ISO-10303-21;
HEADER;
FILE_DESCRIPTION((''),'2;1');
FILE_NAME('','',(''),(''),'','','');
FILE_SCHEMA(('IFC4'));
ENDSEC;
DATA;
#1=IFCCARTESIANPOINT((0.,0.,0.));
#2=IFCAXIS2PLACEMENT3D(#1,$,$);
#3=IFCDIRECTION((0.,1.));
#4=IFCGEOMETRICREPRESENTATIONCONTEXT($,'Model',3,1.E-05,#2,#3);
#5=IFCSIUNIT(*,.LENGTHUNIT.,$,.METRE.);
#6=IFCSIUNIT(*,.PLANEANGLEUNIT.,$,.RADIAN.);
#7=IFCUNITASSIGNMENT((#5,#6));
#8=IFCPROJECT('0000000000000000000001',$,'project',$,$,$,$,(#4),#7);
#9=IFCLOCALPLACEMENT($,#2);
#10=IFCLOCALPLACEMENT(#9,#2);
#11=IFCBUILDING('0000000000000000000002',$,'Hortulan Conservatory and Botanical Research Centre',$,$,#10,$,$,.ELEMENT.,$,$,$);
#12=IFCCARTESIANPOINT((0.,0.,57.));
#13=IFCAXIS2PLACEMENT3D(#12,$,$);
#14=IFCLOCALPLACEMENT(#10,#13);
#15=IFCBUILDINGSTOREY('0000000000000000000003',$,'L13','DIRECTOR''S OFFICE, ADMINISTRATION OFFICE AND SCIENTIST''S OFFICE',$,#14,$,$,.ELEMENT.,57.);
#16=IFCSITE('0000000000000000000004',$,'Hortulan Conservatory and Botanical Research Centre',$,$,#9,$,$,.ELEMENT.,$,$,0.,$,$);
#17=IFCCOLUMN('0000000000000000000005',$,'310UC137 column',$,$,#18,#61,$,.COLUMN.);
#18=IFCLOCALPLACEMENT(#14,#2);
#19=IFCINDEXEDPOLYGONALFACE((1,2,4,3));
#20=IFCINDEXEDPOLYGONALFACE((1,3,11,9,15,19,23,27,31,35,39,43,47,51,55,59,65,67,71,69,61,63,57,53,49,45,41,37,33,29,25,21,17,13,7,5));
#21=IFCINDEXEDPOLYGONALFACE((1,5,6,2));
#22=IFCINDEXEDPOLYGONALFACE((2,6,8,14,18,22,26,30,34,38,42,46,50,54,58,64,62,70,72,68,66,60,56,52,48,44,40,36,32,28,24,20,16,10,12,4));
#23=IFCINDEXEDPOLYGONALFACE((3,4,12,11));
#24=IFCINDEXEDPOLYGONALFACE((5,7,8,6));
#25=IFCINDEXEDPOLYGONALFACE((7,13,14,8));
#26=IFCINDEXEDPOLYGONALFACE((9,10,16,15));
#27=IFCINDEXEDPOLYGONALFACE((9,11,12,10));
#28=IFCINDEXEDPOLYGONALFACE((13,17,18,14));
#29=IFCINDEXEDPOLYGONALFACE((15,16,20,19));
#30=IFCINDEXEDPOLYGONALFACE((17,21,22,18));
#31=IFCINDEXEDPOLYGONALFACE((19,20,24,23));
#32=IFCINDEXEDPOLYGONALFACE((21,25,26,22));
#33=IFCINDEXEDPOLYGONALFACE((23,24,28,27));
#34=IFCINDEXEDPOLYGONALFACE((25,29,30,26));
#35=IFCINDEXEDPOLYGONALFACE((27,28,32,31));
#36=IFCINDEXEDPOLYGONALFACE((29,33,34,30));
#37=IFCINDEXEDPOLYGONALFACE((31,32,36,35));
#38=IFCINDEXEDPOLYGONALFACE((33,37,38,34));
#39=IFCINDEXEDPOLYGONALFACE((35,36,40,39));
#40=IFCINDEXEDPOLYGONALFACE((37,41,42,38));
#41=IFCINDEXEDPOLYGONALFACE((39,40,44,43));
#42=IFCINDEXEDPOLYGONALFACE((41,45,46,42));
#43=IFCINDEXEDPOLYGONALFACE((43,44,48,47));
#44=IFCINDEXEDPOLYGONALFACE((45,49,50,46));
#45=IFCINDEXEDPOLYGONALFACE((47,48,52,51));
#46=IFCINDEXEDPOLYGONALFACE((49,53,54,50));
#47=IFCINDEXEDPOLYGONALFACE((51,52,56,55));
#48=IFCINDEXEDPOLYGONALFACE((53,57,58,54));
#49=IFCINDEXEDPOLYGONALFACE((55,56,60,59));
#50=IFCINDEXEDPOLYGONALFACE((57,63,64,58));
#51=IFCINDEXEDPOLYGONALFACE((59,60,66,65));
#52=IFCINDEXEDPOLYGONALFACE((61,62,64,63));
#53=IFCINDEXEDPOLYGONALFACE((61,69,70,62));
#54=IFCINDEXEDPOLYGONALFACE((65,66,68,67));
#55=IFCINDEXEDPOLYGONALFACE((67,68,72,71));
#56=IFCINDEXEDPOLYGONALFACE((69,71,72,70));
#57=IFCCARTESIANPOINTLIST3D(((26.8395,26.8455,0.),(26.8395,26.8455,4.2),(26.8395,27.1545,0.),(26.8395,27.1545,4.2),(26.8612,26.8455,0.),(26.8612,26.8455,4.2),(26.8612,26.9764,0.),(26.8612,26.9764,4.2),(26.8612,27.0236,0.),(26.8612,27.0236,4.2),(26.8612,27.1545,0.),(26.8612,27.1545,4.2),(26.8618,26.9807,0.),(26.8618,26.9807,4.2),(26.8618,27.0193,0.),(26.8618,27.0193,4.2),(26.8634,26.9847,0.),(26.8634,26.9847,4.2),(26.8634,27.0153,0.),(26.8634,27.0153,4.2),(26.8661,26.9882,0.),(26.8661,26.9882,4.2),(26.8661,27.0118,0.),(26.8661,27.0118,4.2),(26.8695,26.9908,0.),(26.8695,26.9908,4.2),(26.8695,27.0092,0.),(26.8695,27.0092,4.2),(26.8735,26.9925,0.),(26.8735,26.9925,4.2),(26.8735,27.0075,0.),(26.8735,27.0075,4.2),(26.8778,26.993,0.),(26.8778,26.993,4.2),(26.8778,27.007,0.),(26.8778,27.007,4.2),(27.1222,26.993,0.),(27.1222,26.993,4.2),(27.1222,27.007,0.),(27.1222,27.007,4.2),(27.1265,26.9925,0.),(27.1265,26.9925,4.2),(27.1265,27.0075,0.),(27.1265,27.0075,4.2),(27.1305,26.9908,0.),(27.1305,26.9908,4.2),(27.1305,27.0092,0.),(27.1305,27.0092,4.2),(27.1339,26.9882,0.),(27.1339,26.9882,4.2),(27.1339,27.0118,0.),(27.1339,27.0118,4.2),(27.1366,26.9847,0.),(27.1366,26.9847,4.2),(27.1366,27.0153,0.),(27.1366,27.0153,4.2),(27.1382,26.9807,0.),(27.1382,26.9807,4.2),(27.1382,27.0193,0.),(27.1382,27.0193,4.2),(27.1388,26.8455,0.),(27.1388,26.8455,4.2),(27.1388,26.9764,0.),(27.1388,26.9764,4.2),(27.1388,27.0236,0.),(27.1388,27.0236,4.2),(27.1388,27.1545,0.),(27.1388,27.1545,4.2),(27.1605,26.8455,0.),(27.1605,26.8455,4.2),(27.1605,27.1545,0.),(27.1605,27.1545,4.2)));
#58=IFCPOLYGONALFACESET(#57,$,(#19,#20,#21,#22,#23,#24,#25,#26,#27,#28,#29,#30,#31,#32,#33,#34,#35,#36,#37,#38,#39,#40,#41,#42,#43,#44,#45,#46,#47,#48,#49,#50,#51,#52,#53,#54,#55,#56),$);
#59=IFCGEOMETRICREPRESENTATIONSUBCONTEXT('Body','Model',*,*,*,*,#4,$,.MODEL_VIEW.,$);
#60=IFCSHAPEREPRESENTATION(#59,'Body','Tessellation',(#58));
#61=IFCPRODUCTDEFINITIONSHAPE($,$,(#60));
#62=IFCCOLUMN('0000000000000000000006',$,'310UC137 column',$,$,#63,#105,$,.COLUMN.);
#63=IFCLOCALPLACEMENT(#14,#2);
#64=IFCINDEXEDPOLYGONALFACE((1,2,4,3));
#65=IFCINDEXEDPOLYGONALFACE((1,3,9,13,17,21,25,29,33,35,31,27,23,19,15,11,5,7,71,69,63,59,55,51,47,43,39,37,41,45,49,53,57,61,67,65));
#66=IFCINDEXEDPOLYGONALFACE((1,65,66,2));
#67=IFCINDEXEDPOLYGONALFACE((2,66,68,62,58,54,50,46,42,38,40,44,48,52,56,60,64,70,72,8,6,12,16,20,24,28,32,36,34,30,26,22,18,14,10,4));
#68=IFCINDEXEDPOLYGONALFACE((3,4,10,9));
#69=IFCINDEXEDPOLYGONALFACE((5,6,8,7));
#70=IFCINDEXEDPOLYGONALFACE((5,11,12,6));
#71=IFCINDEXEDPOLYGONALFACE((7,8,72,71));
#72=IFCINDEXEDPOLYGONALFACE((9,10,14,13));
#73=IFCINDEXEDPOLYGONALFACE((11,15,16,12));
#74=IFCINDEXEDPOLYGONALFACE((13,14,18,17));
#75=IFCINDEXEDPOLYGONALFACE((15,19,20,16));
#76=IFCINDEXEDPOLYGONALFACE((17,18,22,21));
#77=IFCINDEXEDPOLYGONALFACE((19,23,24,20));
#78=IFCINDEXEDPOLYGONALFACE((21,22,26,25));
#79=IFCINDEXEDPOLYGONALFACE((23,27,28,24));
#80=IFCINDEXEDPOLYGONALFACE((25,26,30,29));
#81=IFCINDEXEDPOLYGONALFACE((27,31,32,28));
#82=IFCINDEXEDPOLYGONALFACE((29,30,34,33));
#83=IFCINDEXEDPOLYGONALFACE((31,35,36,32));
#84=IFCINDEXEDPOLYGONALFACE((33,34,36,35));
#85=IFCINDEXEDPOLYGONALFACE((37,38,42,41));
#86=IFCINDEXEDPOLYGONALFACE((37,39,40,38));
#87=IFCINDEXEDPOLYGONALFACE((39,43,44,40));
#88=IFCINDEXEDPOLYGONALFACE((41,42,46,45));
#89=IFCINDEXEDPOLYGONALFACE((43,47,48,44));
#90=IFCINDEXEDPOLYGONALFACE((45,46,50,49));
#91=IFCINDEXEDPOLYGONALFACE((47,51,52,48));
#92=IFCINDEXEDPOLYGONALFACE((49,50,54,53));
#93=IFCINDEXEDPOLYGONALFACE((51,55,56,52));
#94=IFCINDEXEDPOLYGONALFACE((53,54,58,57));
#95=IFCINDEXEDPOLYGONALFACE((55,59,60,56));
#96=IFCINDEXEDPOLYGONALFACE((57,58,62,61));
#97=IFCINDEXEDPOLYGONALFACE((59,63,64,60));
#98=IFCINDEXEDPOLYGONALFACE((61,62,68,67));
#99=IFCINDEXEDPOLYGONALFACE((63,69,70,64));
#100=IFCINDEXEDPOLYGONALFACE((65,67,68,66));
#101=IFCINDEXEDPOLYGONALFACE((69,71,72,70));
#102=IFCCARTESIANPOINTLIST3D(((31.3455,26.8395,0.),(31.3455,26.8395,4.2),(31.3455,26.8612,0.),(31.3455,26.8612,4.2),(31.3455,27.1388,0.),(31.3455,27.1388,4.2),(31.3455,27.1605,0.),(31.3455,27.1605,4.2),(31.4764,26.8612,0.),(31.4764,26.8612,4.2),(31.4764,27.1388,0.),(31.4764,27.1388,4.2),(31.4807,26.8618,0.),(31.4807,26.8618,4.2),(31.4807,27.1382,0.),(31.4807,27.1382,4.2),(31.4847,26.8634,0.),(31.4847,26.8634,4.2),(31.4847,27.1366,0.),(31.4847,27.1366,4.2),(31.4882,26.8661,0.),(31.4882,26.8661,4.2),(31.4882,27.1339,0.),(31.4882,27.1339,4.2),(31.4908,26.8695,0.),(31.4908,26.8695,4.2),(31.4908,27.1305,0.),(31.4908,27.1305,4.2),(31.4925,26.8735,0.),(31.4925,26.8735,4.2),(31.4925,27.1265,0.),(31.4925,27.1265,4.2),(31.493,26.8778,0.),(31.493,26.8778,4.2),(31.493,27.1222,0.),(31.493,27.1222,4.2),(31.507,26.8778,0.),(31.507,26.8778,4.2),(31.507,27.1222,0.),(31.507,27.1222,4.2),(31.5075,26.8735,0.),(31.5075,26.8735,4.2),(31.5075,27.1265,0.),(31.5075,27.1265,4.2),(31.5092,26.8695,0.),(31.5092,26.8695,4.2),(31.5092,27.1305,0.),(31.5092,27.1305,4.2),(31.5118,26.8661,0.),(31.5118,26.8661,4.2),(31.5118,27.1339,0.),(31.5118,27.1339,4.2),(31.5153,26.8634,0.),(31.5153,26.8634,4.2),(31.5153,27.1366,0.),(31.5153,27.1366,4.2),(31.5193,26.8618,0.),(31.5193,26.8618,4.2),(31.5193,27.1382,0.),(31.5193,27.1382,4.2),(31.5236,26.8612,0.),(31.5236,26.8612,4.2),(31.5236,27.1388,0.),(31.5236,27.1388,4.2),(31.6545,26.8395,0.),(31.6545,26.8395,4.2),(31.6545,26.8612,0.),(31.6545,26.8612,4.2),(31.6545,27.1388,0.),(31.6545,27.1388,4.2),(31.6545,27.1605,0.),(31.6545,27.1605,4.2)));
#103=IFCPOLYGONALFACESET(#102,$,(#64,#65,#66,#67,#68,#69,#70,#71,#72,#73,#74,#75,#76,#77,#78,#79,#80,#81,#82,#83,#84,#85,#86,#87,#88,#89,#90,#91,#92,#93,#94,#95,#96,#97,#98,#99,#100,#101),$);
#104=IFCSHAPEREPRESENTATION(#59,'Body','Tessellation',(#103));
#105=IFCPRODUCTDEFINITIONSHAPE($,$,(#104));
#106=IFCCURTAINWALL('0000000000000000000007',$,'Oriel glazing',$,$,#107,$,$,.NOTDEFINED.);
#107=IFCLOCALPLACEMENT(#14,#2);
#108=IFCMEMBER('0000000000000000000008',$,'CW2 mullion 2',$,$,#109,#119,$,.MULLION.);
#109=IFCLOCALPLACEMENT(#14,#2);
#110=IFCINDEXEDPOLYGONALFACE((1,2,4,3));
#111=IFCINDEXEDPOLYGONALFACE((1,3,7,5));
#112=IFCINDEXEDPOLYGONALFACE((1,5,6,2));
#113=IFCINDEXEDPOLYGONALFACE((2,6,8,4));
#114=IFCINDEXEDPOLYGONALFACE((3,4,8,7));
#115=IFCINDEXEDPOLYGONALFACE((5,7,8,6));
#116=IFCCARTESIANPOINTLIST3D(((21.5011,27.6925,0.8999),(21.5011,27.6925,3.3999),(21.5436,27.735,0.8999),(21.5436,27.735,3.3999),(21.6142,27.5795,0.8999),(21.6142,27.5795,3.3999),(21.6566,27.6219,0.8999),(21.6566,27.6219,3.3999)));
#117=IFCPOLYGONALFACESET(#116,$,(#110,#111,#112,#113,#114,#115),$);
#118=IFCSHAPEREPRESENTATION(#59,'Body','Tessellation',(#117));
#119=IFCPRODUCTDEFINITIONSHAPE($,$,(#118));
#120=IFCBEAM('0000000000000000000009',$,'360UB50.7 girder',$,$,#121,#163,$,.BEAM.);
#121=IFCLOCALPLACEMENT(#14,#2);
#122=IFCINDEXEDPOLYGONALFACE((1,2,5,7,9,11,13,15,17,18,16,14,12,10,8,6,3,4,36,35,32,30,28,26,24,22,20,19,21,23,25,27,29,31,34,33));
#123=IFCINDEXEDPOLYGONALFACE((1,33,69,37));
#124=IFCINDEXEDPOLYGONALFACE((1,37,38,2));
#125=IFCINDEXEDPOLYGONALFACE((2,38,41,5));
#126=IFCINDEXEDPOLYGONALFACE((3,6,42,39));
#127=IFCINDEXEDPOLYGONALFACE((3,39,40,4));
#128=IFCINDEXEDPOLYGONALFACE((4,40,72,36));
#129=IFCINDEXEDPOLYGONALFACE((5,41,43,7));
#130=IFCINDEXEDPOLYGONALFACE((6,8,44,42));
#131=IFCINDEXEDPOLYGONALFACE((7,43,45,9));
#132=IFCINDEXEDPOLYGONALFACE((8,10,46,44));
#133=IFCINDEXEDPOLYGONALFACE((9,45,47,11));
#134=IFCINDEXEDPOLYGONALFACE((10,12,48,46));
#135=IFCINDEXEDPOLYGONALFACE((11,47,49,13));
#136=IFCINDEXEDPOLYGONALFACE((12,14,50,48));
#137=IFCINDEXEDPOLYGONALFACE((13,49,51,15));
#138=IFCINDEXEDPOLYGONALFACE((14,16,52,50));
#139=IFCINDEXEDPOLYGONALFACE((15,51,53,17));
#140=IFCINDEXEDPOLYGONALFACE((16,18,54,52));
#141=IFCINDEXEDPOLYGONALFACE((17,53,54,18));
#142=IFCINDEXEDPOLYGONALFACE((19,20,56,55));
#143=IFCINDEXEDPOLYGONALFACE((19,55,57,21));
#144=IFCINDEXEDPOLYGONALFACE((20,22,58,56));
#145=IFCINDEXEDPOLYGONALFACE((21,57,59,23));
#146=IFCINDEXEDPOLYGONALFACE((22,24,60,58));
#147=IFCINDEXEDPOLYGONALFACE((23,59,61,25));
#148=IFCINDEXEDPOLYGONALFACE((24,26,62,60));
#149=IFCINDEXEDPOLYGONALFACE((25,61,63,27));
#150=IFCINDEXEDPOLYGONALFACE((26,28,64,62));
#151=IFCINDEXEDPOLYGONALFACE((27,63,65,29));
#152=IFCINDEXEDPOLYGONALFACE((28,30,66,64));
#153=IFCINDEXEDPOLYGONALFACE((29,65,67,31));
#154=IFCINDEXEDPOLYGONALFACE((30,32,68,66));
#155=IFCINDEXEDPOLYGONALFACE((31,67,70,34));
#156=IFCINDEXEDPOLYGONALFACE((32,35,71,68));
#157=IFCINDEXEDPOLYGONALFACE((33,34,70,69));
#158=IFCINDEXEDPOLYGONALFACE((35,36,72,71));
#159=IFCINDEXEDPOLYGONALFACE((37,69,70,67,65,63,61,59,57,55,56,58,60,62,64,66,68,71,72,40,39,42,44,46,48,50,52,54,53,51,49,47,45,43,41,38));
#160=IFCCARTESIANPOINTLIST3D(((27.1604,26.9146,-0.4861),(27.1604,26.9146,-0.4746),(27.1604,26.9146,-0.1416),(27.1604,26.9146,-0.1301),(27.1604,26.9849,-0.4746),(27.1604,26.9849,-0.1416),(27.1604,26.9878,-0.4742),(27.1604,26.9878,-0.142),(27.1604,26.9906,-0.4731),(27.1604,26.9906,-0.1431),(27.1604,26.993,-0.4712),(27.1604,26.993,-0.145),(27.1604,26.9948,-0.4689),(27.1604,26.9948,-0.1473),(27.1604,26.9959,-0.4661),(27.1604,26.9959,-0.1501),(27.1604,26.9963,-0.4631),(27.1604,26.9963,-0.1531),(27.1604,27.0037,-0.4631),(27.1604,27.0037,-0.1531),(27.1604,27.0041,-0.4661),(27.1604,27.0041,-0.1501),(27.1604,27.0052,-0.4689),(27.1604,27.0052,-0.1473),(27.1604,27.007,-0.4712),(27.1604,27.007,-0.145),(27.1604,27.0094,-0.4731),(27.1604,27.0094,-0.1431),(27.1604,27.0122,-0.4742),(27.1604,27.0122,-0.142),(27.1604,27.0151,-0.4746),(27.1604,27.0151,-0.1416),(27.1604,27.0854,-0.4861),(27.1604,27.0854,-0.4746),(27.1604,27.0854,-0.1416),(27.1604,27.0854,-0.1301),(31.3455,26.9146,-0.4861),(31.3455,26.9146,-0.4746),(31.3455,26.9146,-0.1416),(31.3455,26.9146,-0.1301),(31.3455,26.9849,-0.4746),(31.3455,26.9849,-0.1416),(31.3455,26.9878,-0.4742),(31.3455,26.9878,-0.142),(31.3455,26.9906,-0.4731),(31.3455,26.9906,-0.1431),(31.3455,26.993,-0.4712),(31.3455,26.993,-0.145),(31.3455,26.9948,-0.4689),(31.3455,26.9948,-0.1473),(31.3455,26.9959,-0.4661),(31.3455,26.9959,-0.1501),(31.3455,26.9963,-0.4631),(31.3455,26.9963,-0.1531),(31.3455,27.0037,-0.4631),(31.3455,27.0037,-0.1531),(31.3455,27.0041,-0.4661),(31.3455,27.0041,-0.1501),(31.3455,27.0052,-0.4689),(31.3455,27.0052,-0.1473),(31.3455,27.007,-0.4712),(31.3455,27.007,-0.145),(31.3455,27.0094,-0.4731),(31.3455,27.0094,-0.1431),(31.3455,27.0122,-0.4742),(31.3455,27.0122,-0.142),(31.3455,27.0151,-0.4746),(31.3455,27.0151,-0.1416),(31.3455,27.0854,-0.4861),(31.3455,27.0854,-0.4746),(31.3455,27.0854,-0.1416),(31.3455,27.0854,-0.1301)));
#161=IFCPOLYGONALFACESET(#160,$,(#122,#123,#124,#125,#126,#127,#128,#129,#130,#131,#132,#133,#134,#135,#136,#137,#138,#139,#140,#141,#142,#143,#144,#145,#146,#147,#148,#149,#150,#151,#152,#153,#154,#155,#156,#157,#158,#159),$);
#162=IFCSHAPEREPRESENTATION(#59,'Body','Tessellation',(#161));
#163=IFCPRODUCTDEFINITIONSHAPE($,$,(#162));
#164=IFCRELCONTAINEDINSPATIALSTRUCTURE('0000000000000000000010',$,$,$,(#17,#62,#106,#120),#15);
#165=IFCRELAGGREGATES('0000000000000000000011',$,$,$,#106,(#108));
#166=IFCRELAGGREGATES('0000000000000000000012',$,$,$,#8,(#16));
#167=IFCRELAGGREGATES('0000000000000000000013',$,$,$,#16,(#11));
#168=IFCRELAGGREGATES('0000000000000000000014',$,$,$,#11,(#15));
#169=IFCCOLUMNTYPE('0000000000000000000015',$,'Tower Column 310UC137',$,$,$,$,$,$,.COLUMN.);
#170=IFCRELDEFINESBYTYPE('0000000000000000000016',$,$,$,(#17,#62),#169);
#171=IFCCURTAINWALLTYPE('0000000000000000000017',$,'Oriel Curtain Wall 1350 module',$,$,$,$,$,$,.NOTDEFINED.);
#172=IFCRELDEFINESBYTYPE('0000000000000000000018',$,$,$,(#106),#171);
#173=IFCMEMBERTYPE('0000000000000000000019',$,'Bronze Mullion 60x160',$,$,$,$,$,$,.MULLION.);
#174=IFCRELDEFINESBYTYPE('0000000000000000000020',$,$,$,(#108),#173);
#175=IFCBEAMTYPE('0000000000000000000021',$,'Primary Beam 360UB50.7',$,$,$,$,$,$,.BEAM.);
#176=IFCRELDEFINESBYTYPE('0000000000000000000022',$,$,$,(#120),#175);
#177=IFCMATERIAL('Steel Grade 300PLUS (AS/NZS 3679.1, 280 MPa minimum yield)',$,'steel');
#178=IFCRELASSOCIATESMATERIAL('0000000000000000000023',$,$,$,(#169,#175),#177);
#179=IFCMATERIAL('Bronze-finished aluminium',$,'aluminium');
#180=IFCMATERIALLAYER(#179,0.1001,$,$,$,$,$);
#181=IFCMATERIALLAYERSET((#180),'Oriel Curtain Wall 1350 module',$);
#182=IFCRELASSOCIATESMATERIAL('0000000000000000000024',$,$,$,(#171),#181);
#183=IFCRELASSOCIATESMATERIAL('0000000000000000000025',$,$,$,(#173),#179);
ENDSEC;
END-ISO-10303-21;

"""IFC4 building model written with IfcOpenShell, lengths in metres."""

from ifc_helpers import new_model, si_unit, direction, frame, origin, origin_2d, place, context, subcontext, project, spatial, rectangle, i_section, extrude, material, layer, layer_set, material_profile, profile_set, type_object, element, aggregate, save


model = new_model("IFC4")

# Units and contexts
model_context = context("Model", 3, precision=1e-05, world=origin(), true_north=direction((0.0, 1.0)))
body_context = subcontext(model_context, "Body", "Model", "MODEL_VIEW")
ifc_project = project(units=[si_unit("LENGTHUNIT", "METRE"), si_unit("PLANEANGLEUNIT", "RADIAN")], contexts=[model_context])

# Site, building, storey
site_placement = place(None, origin())
site = spatial("IfcSite", under=ifc_project, at=site_placement, Name="Hortulan Conservatory and Botanical Research Centre", CompositionType="ELEMENT", RefElevation=0.0)
building_placement = place(site_placement, origin())
building = spatial("IfcBuilding", under=site, at=building_placement, Name="Hortulan Conservatory and Botanical Research Centre", CompositionType="ELEMENT")
storey_placement = place(building_placement, frame((0.0, 0.0, 57.0)))
storey = spatial("IfcBuildingStorey", under=building, at=storey_placement, Name="L13", Description="DIRECTOR'S OFFICE, ADMINISTRATION OFFICE AND SCIENTIST'S OFFICE", CompositionType="ELEMENT", Elevation=57.0)

# Columns
ifc_material_1 = material(Name="Steel Grade 300PLUS (AS/NZS 3679.1, 280 MPa minimum yield)", Category="steel")
ifc_material_profile_1 = material_profile(ifc_material_1, i_section(OverallWidth=0.3091, OverallDepth=0.321, WebThickness=0.0139, FlangeThickness=0.0217, FilletRadius=0.0166, at=origin_2d()), Name="310UC137")
ifc_profile_set_1 = profile_set([ifc_material_profile_1], Name="Steel Grade 300PLUS (AS/NZS 3679.1, 280 MPa minimum yield)")
column_type = type_object("IfcColumnType", Name="Tower Column 310UC137", PredefinedType="COLUMN", material=ifc_profile_set_1)
for number, where, z_axis, x_axis, name in (
    (1, (27.0, 27.0, 0.0), (0.0, 0.0, 1.0), (0.0, 1.0, 0.0), "310UC137 column"),
    (2, (31.5, 27.0, 0.0), (0.0, 0.0, 1.0), (1.0, 0.0, 0.0), "310UC137 column"),
):
    element("IfcColumn", number, at=place(storey_placement, frame(where, z_axis=z_axis, x_axis=x_axis)), inside=storey, type_object=column_type, Name=name, PredefinedType="COLUMN", context=body_context, shape_type="SweptSolid", body=[
        extrude(i_section(OverallWidth=0.3091, OverallDepth=0.321, WebThickness=0.0139, FlangeThickness=0.0217, FilletRadius=0.0166, at=origin_2d()), origin(), (0.0, 0.0, 1.0), 4.2),
    ])

# Curtain wall, member
ifc_material_2 = material(Name="Bronze-finished aluminium", Category="aluminium")
ifc_layer_1 = layer(ifc_material_2, 0.1001)
ifc_layer_set_1 = layer_set([ifc_layer_1], Name="Oriel Curtain Wall 1350 module")
curtain_wall_type = type_object("IfcCurtainWallType", Name="Oriel Curtain Wall 1350 module", PredefinedType="NOTDEFINED", material=ifc_layer_set_1)
curtain_wall_placement = place(storey_placement, origin())
curtain_wall = element("IfcCurtainWall", 3, at=curtain_wall_placement, inside=storey, type_object=curtain_wall_type, Name="Oriel glazing", PredefinedType="NOTDEFINED")
ifc_material_profile_2 = material_profile(ifc_material_2, rectangle(XDim=0.0601, YDim=0.1599, at=origin_2d()), Name="Bronze Mullion 60x160")
ifc_profile_set_2 = profile_set([ifc_material_profile_2], Name="Bronze-finished aluminium")
member_type = type_object("IfcMemberType", Name="Bronze Mullion 60x160", PredefinedType="MULLION", material=ifc_profile_set_2)
member_placement = place(storey_placement, frame((21.5789, 27.6572, 0.8999), z_axis=(0.0, 0.0, 1.0), x_axis=(0.707107, 0.707107, 0.0)))
member = element("IfcMember", 4, at=member_placement, type_object=member_type, Name="CW2 mullion 2", PredefinedType="MULLION", context=body_context, shape_type="SweptSolid", body=[
    extrude(rectangle(XDim=0.0601, YDim=0.1599, at=origin_2d()), origin(), (0.0, 0.0, 1.0), 2.5),
])

# Beam
ifc_material_profile_3 = material_profile(ifc_material_1, i_section(OverallWidth=0.1709, OverallDepth=0.356, WebThickness=0.0073, FlangeThickness=0.0115, FilletRadius=0.0115, at=origin_2d()), Name="360UB50.7")
ifc_profile_set_3 = profile_set([ifc_material_profile_3], Name="Steel Grade 300PLUS (AS/NZS 3679.1, 280 MPa minimum yield)")
beam_type_1 = type_object("IfcBeamType", Name="Primary Beam 360UB50.7", PredefinedType="BEAM", material=ifc_profile_set_3)
beam_1_placement = place(storey_placement, frame((27.1604, 27.0, -0.3081), z_axis=(1.0, 0.0, 0.0), x_axis=(0.0, 1.0, 0.0)))
element("IfcBeam", 5, at=beam_1_placement, inside=storey, type_object=beam_type_1, Name="360UB50.7 girder", PredefinedType="BEAM", context=body_context, shape_type="SweptSolid", body=[
    extrude(i_section(OverallWidth=0.1709, OverallDepth=0.356, WebThickness=0.0073, FlangeThickness=0.0115, FilletRadius=0.0115, at=origin_2d()), origin(), (0.0, 0.0, 1.0), 4.1851),
])

aggregate(curtain_wall, [member])

save(model, "model.ifc")
